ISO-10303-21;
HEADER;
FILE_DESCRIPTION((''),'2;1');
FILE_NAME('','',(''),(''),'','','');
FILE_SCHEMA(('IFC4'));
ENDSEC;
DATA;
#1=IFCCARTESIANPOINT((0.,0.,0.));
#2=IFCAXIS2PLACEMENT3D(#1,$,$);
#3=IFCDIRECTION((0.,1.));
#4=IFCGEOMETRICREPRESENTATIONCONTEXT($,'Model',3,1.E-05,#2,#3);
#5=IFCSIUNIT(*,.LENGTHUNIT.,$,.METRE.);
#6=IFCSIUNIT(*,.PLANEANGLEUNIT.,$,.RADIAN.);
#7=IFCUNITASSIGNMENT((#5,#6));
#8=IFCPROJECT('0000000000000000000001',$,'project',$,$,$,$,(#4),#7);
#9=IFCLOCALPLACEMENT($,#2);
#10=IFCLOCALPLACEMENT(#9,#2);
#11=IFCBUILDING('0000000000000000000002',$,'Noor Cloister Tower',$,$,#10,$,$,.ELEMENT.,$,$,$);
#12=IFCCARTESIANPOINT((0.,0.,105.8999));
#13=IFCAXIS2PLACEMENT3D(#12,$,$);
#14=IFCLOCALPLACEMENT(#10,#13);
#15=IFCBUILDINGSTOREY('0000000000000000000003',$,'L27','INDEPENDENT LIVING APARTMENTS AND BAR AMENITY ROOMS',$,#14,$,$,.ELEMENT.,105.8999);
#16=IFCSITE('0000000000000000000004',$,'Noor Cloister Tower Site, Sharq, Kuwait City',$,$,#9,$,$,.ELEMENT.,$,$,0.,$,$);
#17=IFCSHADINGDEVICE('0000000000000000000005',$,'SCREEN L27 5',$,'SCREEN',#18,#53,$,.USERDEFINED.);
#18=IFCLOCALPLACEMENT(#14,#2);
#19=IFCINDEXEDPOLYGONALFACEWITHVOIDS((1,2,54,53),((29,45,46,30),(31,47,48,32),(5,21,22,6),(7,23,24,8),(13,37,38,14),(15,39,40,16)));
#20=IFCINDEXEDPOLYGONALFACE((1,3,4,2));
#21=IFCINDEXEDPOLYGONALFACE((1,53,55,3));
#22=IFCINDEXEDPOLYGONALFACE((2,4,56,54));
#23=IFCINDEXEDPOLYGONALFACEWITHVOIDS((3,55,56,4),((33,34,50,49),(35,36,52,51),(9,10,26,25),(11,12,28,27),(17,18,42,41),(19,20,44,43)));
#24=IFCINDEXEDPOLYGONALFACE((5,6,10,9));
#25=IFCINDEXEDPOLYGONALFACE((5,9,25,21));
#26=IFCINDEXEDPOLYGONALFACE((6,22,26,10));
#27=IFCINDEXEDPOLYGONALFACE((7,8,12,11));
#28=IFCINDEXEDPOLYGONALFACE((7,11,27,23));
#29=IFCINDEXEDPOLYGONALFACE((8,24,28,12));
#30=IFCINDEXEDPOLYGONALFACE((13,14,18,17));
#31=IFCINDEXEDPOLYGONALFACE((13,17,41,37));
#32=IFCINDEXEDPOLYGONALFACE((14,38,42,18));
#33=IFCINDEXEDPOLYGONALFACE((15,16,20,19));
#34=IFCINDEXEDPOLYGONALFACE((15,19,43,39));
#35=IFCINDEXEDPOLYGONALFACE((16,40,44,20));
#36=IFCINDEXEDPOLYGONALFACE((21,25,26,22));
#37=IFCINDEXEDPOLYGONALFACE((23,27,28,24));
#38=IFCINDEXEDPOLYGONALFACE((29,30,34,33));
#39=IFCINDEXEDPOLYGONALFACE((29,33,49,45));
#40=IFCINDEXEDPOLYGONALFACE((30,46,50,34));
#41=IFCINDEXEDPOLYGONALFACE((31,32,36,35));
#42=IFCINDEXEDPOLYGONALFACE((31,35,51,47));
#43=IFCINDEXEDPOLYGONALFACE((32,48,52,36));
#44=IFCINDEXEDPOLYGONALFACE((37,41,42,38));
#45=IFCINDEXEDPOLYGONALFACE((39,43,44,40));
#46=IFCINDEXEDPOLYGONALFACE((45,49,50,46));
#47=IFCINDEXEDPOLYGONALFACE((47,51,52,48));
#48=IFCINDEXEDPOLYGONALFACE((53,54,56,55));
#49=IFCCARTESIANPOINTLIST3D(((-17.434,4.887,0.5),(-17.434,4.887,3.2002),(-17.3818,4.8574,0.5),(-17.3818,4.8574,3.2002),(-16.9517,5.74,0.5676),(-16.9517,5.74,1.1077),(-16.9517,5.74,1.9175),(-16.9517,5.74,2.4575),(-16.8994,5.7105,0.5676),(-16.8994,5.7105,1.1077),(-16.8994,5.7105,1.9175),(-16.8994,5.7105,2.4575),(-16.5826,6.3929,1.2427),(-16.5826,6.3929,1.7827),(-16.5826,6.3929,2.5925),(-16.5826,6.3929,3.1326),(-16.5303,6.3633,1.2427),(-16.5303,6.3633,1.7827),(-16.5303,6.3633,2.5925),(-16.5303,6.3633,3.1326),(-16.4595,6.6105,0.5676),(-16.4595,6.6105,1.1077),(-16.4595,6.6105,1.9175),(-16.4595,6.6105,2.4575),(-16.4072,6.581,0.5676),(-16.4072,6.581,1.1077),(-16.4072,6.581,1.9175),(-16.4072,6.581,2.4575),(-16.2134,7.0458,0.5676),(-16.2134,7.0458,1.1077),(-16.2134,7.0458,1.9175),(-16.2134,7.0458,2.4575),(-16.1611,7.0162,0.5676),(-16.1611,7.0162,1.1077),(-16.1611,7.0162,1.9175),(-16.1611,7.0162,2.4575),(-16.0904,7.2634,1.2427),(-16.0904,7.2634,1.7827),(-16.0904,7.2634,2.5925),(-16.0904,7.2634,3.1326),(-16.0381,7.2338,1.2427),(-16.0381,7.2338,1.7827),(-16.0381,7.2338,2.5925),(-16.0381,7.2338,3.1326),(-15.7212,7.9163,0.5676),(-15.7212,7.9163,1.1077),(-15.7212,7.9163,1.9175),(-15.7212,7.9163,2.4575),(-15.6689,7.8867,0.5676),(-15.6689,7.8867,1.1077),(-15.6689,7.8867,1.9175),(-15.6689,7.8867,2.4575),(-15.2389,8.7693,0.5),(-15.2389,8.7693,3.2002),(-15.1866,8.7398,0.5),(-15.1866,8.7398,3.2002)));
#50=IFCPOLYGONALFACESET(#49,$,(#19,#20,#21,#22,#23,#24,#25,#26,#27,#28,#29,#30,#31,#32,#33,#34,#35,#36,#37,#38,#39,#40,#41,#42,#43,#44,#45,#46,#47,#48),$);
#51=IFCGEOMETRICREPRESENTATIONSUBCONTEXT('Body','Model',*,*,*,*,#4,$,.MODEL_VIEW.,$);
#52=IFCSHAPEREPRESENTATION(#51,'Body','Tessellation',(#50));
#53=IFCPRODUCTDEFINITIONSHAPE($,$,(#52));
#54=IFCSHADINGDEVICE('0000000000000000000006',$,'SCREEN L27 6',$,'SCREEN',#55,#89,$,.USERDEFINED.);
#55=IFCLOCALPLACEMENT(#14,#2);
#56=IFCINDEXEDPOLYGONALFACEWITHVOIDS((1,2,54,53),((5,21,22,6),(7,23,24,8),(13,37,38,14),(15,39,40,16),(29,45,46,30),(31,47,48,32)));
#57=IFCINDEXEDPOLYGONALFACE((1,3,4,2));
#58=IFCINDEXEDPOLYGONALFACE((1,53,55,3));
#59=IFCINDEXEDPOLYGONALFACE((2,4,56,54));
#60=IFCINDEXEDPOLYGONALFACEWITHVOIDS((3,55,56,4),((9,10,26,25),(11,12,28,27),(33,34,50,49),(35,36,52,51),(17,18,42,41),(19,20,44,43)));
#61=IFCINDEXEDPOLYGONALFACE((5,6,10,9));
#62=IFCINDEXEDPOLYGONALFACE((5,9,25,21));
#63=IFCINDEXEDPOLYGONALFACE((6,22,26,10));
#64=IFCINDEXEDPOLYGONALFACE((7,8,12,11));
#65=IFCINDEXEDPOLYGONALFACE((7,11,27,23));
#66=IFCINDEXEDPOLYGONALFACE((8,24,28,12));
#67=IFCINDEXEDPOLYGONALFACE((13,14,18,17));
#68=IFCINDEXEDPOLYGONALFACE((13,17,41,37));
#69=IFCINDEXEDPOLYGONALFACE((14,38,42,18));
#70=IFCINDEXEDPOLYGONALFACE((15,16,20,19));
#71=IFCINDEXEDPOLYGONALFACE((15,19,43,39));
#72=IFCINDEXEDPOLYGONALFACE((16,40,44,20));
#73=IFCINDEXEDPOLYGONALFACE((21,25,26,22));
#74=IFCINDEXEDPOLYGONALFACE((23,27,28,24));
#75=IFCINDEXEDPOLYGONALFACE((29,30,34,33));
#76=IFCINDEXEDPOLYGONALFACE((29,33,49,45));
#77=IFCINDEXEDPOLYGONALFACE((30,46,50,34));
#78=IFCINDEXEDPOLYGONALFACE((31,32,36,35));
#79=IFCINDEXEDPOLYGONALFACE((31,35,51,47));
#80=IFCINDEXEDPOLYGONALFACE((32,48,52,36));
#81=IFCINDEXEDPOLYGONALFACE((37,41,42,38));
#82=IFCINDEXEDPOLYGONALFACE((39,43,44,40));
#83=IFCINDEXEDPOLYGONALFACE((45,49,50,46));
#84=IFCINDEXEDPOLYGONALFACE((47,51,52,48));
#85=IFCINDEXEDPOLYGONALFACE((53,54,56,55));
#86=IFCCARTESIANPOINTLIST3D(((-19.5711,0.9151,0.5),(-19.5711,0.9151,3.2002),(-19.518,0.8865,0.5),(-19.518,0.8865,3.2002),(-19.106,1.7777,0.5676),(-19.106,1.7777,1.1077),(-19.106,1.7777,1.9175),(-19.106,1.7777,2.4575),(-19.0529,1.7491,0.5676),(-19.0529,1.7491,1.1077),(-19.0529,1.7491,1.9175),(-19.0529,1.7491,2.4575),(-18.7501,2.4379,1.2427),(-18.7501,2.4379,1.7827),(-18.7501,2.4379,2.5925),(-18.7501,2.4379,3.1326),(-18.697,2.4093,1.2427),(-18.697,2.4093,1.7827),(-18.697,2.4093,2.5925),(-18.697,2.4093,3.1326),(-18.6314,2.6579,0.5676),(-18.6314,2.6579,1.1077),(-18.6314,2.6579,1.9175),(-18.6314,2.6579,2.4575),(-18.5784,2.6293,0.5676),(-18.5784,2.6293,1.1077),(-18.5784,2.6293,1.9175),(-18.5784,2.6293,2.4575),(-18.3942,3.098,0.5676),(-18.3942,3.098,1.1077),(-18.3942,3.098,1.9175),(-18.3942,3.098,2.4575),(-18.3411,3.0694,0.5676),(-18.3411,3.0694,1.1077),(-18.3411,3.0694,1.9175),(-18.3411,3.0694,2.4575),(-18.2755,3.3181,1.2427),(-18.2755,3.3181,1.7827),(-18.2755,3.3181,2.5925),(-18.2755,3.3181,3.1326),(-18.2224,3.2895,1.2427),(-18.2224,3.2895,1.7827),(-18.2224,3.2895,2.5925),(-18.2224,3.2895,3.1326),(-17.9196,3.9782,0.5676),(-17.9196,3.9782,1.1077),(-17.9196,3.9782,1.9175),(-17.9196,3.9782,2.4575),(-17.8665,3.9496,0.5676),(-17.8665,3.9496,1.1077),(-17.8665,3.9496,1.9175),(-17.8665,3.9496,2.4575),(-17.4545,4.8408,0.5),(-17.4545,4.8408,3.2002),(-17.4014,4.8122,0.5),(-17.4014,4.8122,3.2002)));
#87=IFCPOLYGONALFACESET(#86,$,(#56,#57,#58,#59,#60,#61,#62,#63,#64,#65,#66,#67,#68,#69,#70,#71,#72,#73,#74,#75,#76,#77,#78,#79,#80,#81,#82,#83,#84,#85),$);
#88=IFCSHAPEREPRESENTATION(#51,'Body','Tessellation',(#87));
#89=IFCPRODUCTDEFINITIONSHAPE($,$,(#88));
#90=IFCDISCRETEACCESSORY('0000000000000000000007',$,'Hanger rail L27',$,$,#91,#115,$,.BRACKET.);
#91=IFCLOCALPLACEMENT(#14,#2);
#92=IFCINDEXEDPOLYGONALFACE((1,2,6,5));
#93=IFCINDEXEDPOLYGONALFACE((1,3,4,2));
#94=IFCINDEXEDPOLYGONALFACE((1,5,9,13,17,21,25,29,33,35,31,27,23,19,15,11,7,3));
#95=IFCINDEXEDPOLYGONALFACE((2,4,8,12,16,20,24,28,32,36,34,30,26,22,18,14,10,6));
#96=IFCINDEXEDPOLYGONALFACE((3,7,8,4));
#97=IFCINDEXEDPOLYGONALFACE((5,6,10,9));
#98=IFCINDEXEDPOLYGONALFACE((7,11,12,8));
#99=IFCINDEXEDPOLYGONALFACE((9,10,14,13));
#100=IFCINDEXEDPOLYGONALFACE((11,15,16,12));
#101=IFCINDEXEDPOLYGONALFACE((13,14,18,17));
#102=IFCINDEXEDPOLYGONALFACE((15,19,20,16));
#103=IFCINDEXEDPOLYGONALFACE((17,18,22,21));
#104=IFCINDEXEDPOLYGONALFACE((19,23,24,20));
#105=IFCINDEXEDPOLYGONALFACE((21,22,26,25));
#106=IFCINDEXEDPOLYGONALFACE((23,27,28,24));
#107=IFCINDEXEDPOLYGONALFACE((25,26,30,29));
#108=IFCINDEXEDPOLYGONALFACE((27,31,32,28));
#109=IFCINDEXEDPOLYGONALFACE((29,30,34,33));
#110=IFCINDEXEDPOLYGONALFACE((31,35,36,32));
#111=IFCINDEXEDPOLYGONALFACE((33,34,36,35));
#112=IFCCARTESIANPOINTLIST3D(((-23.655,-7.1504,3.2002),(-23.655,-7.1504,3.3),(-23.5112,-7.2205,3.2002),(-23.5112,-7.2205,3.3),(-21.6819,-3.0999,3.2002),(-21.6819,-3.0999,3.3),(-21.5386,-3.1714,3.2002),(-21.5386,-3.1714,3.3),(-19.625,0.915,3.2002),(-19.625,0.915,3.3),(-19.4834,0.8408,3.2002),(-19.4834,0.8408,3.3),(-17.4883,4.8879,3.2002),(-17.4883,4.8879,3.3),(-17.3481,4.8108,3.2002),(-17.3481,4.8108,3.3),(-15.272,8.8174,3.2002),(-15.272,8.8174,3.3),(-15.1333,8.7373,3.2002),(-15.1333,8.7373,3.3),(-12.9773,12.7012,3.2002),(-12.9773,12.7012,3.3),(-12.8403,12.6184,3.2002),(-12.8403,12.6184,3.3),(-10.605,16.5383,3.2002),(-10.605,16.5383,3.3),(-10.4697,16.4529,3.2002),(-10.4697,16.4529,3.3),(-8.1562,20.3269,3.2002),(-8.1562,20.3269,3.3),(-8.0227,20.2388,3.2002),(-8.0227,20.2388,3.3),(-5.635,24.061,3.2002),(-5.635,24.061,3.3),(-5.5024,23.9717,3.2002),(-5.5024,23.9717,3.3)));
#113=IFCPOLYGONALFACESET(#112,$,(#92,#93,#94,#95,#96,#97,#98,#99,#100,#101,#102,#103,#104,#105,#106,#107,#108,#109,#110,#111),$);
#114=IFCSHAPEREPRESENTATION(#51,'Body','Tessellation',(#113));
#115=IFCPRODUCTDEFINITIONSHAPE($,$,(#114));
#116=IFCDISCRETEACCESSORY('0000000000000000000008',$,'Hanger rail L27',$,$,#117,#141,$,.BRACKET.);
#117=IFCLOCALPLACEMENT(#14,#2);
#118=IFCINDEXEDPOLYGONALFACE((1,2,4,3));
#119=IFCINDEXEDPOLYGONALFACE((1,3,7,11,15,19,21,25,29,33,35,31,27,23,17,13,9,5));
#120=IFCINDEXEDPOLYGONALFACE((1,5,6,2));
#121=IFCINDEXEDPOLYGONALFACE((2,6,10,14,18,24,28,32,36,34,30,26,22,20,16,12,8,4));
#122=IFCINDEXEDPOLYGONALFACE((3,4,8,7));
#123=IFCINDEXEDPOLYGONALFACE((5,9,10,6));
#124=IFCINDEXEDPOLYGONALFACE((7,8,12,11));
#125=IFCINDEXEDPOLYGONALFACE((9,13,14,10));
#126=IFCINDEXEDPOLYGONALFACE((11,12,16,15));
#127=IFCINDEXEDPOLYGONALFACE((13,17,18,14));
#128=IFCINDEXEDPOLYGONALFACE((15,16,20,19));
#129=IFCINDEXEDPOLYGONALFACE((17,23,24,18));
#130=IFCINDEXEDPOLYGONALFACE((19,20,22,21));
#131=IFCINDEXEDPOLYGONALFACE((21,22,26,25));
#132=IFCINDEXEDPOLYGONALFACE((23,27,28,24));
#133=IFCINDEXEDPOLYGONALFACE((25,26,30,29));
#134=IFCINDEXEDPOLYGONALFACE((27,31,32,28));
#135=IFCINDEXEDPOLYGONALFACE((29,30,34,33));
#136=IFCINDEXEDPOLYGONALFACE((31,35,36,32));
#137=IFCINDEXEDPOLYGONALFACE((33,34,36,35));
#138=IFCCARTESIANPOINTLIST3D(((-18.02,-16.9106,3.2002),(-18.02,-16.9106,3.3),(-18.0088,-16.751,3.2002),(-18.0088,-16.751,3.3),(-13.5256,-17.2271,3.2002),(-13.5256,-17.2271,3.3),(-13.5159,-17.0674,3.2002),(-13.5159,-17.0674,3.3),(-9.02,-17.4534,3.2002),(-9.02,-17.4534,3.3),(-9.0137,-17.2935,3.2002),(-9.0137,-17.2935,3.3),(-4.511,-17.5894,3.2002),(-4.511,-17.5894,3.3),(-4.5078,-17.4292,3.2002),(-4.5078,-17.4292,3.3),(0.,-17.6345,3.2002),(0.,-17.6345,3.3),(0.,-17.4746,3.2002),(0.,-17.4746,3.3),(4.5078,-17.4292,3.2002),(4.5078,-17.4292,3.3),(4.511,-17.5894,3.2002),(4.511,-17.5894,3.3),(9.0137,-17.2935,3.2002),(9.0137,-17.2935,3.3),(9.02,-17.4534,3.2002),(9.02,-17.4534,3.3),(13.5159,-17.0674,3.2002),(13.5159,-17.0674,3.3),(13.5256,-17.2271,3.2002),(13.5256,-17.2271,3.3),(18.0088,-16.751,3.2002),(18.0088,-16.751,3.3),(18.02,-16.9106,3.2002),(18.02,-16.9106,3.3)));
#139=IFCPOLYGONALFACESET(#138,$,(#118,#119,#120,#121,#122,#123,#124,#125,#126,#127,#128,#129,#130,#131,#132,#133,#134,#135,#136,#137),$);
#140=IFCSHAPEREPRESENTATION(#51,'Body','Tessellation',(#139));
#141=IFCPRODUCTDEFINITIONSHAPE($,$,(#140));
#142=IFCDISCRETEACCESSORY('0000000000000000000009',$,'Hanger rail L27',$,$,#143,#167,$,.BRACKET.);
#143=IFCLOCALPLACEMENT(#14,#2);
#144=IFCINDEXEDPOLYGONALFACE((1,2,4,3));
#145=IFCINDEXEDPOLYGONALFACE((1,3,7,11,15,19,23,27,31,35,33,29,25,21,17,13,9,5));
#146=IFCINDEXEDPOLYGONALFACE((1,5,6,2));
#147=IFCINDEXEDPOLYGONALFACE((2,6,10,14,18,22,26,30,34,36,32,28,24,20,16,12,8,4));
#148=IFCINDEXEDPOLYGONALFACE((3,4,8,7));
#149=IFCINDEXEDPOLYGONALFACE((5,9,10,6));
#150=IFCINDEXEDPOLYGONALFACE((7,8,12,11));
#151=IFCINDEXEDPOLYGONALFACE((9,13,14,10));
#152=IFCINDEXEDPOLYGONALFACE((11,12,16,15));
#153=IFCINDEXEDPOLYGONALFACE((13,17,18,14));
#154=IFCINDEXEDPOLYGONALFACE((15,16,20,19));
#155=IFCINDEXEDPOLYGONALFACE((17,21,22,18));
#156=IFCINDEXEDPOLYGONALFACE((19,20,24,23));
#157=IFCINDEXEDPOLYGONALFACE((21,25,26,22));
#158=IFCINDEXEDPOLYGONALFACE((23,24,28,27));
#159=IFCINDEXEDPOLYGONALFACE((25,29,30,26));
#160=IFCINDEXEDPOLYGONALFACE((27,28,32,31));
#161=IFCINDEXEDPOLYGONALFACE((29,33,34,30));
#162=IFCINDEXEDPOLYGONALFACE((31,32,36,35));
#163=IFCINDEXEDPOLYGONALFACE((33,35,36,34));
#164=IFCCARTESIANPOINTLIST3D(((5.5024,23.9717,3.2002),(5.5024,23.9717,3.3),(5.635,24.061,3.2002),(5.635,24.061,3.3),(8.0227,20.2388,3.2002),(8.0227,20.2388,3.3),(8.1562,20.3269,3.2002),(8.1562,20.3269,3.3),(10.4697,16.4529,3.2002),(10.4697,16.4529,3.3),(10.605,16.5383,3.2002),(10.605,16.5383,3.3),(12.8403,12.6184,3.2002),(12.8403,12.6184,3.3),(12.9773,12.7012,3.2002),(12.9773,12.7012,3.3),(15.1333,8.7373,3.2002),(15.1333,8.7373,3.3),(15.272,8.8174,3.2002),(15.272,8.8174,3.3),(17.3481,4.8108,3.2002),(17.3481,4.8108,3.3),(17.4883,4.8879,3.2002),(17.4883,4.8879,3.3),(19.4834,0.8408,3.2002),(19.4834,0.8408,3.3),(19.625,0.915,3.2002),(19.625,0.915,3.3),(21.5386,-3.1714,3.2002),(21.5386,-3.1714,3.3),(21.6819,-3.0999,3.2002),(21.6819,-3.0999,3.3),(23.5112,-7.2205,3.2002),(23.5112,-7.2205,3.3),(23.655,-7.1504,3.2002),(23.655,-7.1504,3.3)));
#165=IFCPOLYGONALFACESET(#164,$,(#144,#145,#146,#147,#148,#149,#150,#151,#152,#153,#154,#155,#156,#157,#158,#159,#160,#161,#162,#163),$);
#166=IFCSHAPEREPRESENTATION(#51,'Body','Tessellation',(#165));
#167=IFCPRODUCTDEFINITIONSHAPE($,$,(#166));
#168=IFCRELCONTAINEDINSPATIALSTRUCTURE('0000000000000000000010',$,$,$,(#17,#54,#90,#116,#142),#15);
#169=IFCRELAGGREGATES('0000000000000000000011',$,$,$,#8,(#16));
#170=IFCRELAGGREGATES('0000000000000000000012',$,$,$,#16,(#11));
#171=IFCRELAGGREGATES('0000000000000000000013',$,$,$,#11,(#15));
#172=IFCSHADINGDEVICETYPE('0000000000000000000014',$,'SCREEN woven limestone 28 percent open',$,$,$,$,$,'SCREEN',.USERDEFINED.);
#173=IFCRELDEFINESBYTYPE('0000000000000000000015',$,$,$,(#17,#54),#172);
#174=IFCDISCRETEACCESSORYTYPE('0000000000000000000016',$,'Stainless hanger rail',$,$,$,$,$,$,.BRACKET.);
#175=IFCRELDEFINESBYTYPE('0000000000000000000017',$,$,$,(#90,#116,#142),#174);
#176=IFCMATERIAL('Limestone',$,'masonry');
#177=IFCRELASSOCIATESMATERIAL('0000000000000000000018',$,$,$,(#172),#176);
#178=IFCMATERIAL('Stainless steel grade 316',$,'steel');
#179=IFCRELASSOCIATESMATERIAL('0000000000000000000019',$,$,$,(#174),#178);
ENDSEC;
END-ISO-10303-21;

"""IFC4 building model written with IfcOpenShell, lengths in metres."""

from ifc_helpers import new_model, si_unit, direction, frame, origin, place, context, subcontext, project, spatial, polyline, outline, extrude, material, material_profile, profile_set, type_object, element, save


model = new_model("IFC4")

# Units and contexts
model_context = context("Model", 3, precision=1e-05, world=origin(), true_north=direction((0.0, 1.0)))
body_context = subcontext(model_context, "Body", "Model", "MODEL_VIEW")
ifc_project = project(units=[si_unit("LENGTHUNIT", "METRE"), si_unit("PLANEANGLEUNIT", "RADIAN")], contexts=[model_context])

# Site, building, storey
site_placement = place(None, origin())
site = spatial("IfcSite", under=ifc_project, at=site_placement, Name="Noor Cloister Tower Site, Sharq, Kuwait City", CompositionType="ELEMENT", RefElevation=0.0)
building_placement = place(site_placement, origin())
building = spatial("IfcBuilding", under=site, at=building_placement, Name="Noor Cloister Tower", CompositionType="ELEMENT")
storey_placement = place(building_placement, frame((0.0, 0.0, 105.8999)))
storey = spatial("IfcBuildingStorey", under=building, at=storey_placement, Name="L27", Description="INDEPENDENT LIVING APARTMENTS AND BAR AMENITY ROOMS", CompositionType="ELEMENT", Elevation=105.8999)

# Shading devices
ifc_material_1 = material(Name="Limestone", Category="masonry")
ifc_material_profile_1 = material_profile(ifc_material_1, outline(polyline([(-2.23, -1.3501), (2.23, -1.3501), (2.23, 1.3501), (-2.23, 1.3501), (-2.23, -1.3501)]), holes=[polyline([(-1.25, -1.2825), (-0.25, -1.2825), (-0.25, -0.7424), (-1.25, -0.7424), (-1.25, -1.2825)]), polyline([(0.25, -1.2825), (1.25, -1.2825), (1.25, -0.7424), (0.25, -0.7424), (0.25, -1.2825)]), polyline([(-0.5, -0.6074), (0.5, -0.6074), (0.5, -0.0674), (-0.5, -0.0674), (-0.5, -0.6074)]), polyline([(-1.25, 0.0674), (-0.25, 0.0674), (-0.25, 0.6074), (-1.25, 0.6074), (-1.25, 0.0674)]), polyline([(0.25, 0.0674), (1.25, 0.0674), (1.25, 0.6074), (0.25, 0.6074), (0.25, 0.0674)]), polyline([(-0.5, 0.7424), (0.5, 0.7424), (0.5, 1.2825), (-0.5, 1.2825), (-0.5, 0.7424)])]), Name="Woven screen 28 percent open")
ifc_profile_set_1 = profile_set([ifc_material_profile_1], Name="Limestone")
shading_device_type = type_object("IfcShadingDeviceType", Name="SCREEN woven limestone 28 percent open", ElementType="SCREEN", PredefinedType="USERDEFINED", material=ifc_profile_set_1)
shading_device_1_placement = place(storey_placement, frame((-16.2842, 6.7986, 1.8501), z_axis=(-0.870487, 0.492191, 0.0), x_axis=(-0.492191, -0.870487, 0.0)))
element("IfcShadingDevice", 1, at=shading_device_1_placement, inside=storey, type_object=shading_device_type, Name="SCREEN L27 5", ObjectType="SCREEN", PredefinedType="USERDEFINED", context=body_context, shape_type="SweptSolid", body=[
    extrude(outline(polyline([(-2.23, -1.3501), (2.23, -1.3501), (2.23, 1.3501), (-2.23, 1.3501), (-2.23, -1.3501)]), holes=[polyline([(-1.25, -1.2825), (-0.25, -1.2825), (-0.25, -0.7424), (-1.25, -0.7424), (-1.25, -1.2825)]), polyline([(0.25, -1.2825), (1.25, -1.2825), (1.25, -0.7424), (0.25, -0.7424), (0.25, -1.2825)]), polyline([(-0.5, -0.6074), (0.5, -0.6074), (0.5, -0.0674), (-0.5, -0.0674), (-0.5, -0.6074)]), polyline([(-1.25, 0.0674), (-0.25, 0.0674), (-0.25, 0.6074), (-1.25, 0.6074), (-1.25, 0.0674)]), polyline([(0.25, 0.0674), (1.25, 0.0674), (1.25, 0.6074), (0.25, 0.6074), (0.25, 0.0674)]), polyline([(-0.5, 0.7424), (0.5, 0.7424), (0.5, 1.2825), (-0.5, 1.2825), (-0.5, 0.7424)])]), origin(), (0.0, 0.0, 1.0), 0.0601),
])
shading_device_2_placement = place(storey_placement, frame((-18.4597, 2.8494, 1.8501), z_axis=(-0.88021, 0.474584, 0.0), x_axis=(-0.474584, -0.88021, 0.0)))
element("IfcShadingDevice", 2, at=shading_device_2_placement, inside=storey, type_object=shading_device_type, Name="SCREEN L27 6", ObjectType="SCREEN", PredefinedType="USERDEFINED", context=body_context, shape_type="SweptSolid", body=[
    extrude(outline(polyline([(-2.23, -1.3501), (2.23, -1.3501), (2.23, 1.3501), (-2.23, 1.3501), (-2.23, -1.3501)]), holes=[polyline([(-1.25, -1.2825), (-0.25, -1.2825), (-0.25, -0.7424), (-1.25, -0.7424), (-1.25, -1.2825)]), polyline([(0.25, -1.2825), (1.25, -1.2825), (1.25, -0.7424), (0.25, -0.7424), (0.25, -1.2825)]), polyline([(-0.5, -0.6074), (0.5, -0.6074), (0.5, -0.0674), (-0.5, -0.0674), (-0.5, -0.6074)]), polyline([(-1.25, 0.0674), (-0.25, 0.0674), (-0.25, 0.6074), (-1.25, 0.6074), (-1.25, 0.0674)]), polyline([(0.25, 0.0674), (1.25, 0.0674), (1.25, 0.6074), (0.25, 0.6074), (0.25, 0.0674)]), polyline([(-0.5, 0.7424), (0.5, 0.7424), (0.5, 1.2825), (-0.5, 1.2825), (-0.5, 0.7424)])]), origin(), (0.0, 0.0, 1.0), 0.0603),
])

# Discrete accessories
ifc_material_2 = material(Name="Stainless steel grade 316", Category="steel")
discrete_accessory_type = type_object("IfcDiscreteAccessoryType", Name="Stainless hanger rail", PredefinedType="BRACKET", material=ifc_material_2)
discrete_accessory_1_placement = place(storey_placement, frame((0.0, 0.0, 3.2002)))
element("IfcDiscreteAccessory", 3, at=discrete_accessory_1_placement, inside=storey, type_object=discrete_accessory_type, Name="Hanger rail L27", PredefinedType="BRACKET", context=body_context, shape_type="SweptSolid", body=[
    extrude(outline(polyline([(-5.635, 24.061), (-8.1562, 20.3269), (-10.605, 16.5383), (-12.9773, 12.7012), (-15.272, 8.8174), (-17.4883, 4.8879), (-19.625, 0.915), (-21.6819, -3.0999), (-23.655, -7.1504), (-23.5112, -7.2205), (-21.5386, -3.1714), (-19.4834, 0.8408), (-17.3481, 4.8108), (-15.1333, 8.7373), (-12.8403, 12.6184), (-10.4697, 16.4529), (-8.0227, 20.2388), (-5.5024, 23.9717), (-5.635, 24.061)])), origin(), (0.0, 0.0, 1.0), 0.0999),
])
discrete_accessory_2_placement = place(storey_placement, frame((0.0, 0.0, 3.2002)))
element("IfcDiscreteAccessory", 4, at=discrete_accessory_2_placement, inside=storey, type_object=discrete_accessory_type, Name="Hanger rail L27", PredefinedType="BRACKET", context=body_context, shape_type="SweptSolid", body=[
    extrude(outline(polyline([(-18.02, -16.9106), (-13.5256, -17.2271), (-9.02, -17.4534), (-4.511, -17.5894), (0.0, -17.6345), (4.511, -17.5894), (9.02, -17.4534), (13.5256, -17.2271), (18.02, -16.9106), (18.0088, -16.751), (13.5159, -17.0674), (9.0137, -17.2935), (4.5078, -17.4292), (0.0, -17.4746), (-4.5078, -17.4292), (-9.0137, -17.2935), (-13.5159, -17.0674), (-18.0088, -16.751), (-18.02, -16.9106)])), origin(), (0.0, 0.0, 1.0), 0.0999),
])
discrete_accessory_3_placement = place(storey_placement, frame((0.0, 0.0, 3.2002)))
element("IfcDiscreteAccessory", 5, at=discrete_accessory_3_placement, inside=storey, type_object=discrete_accessory_type, Name="Hanger rail L27", PredefinedType="BRACKET", context=body_context, shape_type="SweptSolid", body=[
    extrude(outline(polyline([(23.655, -7.1504), (21.6819, -3.0999), (19.625, 0.915), (17.4883, 4.8879), (15.272, 8.8174), (12.9773, 12.7012), (10.605, 16.5383), (8.1562, 20.3269), (5.635, 24.061), (5.5024, 23.9717), (8.0227, 20.2388), (10.4697, 16.4529), (12.8403, 12.6184), (15.1333, 8.7373), (17.3481, 4.8108), (19.4834, 0.8408), (21.5386, -3.1714), (23.5112, -7.2205), (23.655, -7.1504)])), origin(), (0.0, 0.0, 1.0), 0.0999),
])

save(model, "model.ifc")
